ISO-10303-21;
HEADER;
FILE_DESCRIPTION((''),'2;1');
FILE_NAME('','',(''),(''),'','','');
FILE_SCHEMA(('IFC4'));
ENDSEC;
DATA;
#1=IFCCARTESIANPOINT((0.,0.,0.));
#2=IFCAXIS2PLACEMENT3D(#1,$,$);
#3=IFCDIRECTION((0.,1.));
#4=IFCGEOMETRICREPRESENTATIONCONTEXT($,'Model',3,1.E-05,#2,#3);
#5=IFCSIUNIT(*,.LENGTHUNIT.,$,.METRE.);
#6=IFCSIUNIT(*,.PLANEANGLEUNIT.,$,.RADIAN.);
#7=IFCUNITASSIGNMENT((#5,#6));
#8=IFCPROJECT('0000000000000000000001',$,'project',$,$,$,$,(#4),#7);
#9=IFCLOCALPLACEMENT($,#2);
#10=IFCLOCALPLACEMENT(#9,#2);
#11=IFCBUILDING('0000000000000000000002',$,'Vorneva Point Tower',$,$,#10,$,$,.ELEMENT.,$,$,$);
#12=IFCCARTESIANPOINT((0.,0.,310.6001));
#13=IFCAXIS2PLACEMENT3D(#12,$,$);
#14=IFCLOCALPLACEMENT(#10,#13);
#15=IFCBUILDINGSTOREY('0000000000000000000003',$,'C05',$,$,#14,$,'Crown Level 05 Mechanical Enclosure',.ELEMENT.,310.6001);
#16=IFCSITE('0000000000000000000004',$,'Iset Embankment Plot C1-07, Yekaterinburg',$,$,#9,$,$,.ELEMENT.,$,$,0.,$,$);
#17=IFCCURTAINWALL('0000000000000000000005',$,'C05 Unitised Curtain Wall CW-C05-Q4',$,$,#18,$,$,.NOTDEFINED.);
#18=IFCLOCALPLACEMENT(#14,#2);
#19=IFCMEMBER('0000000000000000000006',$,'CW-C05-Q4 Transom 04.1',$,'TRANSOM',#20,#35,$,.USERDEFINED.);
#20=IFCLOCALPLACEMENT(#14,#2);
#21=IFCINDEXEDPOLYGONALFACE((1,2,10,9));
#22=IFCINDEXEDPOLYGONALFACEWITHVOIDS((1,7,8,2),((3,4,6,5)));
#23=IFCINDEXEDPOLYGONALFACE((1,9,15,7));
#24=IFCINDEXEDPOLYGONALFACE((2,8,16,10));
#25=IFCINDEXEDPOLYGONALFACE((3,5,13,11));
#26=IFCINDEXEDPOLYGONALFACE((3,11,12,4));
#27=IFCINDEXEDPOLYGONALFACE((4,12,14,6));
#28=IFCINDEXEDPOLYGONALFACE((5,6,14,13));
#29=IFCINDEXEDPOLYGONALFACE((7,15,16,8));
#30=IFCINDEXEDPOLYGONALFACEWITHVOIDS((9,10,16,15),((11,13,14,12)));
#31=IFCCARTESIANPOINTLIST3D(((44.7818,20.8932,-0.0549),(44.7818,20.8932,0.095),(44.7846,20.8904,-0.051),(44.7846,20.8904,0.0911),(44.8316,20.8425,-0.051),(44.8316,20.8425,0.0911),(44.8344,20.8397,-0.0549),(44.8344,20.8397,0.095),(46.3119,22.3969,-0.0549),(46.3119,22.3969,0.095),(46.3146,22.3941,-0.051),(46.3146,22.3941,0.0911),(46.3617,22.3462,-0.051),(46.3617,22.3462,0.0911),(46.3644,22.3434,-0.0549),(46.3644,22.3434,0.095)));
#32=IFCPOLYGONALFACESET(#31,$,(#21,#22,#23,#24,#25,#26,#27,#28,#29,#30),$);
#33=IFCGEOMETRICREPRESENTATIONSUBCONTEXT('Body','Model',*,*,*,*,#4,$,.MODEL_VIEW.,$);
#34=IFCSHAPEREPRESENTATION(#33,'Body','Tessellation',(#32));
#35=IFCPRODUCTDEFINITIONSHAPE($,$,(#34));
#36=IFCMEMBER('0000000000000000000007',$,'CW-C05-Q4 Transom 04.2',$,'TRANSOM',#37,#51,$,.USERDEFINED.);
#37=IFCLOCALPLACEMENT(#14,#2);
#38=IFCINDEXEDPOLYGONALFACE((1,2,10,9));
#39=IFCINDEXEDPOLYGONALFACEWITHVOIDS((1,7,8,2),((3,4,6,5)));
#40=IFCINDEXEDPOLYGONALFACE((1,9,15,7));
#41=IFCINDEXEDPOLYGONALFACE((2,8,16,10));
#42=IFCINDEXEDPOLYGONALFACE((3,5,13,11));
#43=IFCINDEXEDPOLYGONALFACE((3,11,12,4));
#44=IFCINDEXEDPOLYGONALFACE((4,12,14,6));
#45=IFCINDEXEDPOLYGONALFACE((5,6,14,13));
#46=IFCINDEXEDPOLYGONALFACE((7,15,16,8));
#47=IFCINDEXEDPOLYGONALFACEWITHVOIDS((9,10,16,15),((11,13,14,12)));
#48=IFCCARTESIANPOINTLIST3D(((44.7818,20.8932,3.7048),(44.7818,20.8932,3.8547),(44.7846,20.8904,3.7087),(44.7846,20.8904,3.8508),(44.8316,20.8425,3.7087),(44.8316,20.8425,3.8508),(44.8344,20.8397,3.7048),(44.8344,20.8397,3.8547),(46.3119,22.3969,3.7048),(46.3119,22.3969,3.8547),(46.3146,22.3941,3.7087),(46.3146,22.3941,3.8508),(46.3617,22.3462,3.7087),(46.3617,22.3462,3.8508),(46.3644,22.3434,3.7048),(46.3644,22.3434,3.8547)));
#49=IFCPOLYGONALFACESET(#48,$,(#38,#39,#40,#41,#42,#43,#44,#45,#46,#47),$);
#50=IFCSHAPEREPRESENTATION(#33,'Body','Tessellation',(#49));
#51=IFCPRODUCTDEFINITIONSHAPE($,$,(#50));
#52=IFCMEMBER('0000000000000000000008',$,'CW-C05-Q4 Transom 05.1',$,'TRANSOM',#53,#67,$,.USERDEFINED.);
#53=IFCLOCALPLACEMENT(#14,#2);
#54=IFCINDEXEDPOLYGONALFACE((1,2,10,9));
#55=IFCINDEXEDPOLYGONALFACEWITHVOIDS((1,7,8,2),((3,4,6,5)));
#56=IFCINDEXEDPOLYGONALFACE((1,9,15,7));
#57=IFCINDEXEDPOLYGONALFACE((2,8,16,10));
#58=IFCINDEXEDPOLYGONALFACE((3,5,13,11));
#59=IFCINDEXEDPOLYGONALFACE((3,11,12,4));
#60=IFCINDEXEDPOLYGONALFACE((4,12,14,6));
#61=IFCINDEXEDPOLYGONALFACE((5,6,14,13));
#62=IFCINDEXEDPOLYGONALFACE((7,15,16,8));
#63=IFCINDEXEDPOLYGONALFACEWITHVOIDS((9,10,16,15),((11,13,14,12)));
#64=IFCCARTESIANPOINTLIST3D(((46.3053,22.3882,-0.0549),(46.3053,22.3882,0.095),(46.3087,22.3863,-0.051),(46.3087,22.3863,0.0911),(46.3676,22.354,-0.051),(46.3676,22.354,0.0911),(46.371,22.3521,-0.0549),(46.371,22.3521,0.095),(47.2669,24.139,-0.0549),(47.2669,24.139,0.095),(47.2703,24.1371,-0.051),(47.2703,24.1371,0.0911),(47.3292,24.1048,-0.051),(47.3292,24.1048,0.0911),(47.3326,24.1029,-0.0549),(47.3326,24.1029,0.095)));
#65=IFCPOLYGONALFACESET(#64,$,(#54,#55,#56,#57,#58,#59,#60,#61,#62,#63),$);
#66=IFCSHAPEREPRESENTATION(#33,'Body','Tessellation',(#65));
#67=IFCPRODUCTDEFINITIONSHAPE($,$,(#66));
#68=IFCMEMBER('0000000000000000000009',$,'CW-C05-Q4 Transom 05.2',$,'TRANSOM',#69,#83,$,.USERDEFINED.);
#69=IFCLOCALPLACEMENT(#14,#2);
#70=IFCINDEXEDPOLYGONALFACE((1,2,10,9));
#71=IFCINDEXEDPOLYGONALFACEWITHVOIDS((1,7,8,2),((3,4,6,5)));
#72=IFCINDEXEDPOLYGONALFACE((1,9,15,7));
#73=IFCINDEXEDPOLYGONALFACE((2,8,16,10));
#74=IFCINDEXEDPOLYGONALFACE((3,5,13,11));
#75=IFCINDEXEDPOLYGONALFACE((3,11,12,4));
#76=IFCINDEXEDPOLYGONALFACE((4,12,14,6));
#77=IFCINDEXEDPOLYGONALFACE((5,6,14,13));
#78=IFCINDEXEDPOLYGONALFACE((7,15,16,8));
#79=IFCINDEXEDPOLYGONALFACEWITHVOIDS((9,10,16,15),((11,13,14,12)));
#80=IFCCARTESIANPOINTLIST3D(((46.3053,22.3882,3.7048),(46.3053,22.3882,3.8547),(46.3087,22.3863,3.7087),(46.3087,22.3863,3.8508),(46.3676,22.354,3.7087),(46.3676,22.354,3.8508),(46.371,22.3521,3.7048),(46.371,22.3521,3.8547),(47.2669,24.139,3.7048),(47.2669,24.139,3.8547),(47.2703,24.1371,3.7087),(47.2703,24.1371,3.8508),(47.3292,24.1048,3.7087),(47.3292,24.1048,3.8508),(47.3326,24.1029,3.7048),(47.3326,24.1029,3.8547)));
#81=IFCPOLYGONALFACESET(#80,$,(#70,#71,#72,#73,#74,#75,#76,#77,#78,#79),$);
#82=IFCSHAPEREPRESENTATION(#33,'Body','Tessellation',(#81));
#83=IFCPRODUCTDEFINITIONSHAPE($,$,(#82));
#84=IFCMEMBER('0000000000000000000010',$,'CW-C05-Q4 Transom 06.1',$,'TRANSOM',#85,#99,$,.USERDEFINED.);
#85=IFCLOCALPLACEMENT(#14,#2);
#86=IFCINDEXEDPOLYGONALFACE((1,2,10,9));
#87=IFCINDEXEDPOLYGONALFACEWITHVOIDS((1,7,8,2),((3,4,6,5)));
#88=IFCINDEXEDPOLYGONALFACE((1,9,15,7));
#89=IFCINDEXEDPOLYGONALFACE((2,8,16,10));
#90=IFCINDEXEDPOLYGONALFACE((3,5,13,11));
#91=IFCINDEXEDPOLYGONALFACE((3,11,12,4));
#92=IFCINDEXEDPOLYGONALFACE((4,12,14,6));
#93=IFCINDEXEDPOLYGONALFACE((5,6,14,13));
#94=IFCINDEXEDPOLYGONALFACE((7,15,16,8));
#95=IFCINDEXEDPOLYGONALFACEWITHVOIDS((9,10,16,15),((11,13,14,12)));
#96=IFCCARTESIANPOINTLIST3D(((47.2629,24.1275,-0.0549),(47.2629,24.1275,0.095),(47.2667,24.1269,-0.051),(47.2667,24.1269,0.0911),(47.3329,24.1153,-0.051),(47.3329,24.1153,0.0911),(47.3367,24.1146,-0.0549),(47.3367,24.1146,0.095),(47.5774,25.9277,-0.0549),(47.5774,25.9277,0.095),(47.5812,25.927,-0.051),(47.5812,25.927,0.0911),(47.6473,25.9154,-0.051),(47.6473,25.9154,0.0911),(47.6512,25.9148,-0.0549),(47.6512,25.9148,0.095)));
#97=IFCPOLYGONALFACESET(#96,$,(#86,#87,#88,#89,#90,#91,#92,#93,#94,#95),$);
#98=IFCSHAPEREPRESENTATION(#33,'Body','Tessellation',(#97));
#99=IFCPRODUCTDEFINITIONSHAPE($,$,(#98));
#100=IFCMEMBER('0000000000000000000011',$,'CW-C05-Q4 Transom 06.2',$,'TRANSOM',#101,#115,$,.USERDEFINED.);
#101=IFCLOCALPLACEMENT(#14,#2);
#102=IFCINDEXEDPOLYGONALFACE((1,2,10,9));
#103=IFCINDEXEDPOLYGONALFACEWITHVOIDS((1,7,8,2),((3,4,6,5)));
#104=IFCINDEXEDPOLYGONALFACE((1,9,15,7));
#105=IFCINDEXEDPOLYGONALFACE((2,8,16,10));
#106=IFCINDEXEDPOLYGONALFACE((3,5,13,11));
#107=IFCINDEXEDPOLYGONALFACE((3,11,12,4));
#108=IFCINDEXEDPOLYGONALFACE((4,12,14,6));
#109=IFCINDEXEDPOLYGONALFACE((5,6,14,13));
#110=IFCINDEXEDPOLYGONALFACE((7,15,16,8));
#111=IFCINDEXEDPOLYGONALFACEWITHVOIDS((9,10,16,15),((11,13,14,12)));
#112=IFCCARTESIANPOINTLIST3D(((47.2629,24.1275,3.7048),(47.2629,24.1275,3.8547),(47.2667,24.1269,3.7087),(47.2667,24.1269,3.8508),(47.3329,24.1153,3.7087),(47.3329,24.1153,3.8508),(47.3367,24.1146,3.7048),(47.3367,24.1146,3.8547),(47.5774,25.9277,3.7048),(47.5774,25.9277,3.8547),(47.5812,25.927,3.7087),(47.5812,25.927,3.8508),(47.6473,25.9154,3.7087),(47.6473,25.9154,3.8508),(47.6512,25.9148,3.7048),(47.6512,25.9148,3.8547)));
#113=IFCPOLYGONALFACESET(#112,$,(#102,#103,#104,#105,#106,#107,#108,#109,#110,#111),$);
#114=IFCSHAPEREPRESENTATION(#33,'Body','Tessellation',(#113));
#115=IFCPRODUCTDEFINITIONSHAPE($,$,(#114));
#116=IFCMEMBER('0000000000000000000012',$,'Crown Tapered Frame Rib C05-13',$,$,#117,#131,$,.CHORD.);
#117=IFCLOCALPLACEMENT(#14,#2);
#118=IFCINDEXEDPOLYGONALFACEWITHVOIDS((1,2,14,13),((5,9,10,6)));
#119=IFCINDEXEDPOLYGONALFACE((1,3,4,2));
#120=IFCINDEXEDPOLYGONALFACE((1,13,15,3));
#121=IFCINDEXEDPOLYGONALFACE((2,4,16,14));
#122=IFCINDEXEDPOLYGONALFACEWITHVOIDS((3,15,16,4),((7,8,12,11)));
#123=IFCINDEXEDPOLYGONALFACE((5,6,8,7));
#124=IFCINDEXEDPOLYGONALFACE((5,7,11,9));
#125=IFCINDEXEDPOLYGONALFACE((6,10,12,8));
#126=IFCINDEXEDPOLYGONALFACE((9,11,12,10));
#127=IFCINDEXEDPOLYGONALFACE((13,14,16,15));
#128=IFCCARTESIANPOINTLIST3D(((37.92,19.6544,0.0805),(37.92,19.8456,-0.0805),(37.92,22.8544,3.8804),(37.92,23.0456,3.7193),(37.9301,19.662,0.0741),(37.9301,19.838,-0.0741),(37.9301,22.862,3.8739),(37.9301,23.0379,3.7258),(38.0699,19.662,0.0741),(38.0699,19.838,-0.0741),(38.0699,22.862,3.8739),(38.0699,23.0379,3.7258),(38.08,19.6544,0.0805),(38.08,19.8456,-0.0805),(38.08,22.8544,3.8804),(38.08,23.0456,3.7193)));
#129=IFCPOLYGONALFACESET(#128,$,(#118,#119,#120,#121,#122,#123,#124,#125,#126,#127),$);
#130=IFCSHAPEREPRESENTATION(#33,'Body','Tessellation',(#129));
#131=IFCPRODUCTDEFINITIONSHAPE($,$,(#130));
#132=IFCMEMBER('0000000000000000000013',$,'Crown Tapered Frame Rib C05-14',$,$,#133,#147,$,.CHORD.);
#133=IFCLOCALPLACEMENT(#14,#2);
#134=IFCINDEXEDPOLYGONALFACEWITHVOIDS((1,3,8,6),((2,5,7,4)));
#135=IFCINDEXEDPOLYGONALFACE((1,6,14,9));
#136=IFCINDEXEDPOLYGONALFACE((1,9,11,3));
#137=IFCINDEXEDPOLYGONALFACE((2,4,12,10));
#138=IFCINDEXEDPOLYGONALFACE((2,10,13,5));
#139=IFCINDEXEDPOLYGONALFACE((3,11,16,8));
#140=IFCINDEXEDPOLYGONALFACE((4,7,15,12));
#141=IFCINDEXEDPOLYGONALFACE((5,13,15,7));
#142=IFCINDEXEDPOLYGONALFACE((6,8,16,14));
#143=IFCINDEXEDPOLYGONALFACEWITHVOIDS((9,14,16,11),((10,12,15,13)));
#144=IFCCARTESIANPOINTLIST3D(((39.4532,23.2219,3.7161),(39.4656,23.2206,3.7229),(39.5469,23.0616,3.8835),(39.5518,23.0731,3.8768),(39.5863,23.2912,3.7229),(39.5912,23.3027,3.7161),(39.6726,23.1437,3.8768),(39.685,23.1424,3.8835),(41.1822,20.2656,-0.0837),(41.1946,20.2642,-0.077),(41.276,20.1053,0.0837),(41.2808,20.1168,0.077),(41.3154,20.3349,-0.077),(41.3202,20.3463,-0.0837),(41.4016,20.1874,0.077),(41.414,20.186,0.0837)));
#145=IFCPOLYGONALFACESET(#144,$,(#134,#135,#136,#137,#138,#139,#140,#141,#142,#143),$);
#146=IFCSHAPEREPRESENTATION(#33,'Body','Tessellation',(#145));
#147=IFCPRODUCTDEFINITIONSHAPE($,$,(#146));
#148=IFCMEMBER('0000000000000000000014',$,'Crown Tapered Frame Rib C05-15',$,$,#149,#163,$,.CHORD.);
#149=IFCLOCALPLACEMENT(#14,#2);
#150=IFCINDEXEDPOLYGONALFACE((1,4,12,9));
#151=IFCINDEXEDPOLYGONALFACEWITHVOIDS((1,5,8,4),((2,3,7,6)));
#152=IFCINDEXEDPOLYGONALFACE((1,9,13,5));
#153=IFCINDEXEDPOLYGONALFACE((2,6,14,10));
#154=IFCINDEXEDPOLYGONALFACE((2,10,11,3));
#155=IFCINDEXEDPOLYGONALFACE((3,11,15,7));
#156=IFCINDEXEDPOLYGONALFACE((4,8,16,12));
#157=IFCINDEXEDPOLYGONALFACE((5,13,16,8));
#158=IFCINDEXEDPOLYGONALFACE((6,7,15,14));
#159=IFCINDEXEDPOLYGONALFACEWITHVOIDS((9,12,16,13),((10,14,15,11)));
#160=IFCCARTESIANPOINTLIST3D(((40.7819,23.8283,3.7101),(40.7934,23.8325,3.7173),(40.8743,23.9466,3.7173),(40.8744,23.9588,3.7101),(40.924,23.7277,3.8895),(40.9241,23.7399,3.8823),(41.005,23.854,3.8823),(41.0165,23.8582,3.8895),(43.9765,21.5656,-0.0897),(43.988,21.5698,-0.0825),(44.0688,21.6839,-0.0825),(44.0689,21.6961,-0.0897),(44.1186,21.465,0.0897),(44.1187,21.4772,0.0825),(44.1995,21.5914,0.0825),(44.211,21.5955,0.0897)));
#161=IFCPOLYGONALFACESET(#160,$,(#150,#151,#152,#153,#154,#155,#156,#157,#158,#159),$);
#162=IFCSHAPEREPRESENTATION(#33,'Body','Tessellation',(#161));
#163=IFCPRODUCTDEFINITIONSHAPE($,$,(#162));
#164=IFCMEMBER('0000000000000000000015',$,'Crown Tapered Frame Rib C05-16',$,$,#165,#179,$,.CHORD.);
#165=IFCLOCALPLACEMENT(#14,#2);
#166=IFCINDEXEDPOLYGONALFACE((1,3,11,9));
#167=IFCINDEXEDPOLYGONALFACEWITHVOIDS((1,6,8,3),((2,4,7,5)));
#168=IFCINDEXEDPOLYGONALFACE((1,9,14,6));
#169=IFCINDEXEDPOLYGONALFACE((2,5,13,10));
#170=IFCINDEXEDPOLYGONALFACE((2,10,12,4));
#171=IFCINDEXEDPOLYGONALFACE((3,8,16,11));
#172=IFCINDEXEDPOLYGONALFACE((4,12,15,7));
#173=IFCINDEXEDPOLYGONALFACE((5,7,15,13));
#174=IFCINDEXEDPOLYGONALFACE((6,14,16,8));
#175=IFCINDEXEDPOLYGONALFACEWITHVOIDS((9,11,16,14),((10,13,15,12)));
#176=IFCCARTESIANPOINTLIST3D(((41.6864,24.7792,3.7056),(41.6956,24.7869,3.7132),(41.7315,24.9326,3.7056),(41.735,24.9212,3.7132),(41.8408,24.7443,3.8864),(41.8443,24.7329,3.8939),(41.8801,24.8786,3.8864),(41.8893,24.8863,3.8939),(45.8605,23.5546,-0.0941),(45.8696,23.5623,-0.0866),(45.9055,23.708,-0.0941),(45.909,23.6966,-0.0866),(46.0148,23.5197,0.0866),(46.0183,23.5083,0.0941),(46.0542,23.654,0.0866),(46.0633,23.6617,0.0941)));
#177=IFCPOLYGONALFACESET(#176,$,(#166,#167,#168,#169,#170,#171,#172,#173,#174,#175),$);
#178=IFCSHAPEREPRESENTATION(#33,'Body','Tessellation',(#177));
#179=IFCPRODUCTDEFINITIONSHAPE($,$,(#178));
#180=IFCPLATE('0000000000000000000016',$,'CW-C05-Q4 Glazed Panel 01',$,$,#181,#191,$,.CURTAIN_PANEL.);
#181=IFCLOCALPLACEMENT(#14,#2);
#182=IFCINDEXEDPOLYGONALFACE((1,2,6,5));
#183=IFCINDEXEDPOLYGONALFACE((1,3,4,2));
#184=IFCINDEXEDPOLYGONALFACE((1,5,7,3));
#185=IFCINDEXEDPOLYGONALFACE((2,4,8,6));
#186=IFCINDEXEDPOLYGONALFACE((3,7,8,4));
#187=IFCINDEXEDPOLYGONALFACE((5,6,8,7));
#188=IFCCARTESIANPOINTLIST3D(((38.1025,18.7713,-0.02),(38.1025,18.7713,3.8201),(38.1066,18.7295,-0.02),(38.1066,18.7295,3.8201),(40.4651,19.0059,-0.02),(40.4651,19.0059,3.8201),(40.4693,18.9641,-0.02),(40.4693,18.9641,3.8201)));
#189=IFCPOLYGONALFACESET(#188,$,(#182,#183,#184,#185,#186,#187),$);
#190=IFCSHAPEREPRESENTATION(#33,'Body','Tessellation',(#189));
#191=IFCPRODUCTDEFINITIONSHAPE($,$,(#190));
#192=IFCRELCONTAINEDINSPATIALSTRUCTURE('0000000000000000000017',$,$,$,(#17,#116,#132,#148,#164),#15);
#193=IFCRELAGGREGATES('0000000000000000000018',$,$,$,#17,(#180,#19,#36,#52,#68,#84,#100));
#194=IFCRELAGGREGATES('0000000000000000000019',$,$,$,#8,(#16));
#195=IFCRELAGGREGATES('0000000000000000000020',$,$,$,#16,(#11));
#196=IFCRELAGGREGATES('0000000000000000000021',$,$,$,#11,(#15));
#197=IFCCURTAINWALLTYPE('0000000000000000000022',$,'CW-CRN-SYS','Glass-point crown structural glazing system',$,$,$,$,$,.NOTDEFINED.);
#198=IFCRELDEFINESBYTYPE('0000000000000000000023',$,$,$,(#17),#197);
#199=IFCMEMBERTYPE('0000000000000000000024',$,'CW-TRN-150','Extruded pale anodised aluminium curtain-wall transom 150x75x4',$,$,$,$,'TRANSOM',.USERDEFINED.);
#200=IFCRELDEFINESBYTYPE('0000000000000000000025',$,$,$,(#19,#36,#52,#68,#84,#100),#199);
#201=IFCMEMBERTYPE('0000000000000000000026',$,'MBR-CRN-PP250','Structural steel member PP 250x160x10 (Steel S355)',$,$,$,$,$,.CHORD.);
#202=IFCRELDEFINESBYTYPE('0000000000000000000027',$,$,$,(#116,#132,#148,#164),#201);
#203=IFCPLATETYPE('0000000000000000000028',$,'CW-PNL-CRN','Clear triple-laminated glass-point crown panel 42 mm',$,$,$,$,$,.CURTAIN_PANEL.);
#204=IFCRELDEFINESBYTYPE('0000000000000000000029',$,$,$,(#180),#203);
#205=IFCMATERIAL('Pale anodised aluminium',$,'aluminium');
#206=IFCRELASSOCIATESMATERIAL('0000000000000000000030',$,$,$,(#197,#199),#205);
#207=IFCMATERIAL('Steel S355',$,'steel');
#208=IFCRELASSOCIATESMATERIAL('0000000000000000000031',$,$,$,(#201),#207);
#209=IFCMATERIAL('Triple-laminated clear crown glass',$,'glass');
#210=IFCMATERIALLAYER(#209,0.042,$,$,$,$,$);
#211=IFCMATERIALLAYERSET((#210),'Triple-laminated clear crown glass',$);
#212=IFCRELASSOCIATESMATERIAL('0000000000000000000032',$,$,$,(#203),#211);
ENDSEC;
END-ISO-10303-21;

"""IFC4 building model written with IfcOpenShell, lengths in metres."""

from ifc_helpers import new_model, si_unit, direction, frame, origin, origin_2d, place, context, subcontext, project, spatial, rectangle, hollow_rectangle, extrude, material, layer, layer_set, material_profile, profile_set, type_object, element, aggregate, save


model = new_model("IFC4")

# Units and contexts
model_context = context("Model", 3, precision=1e-05, world=origin(), true_north=direction((0.0, 1.0)))
body_context = subcontext(model_context, "Body", "Model", "MODEL_VIEW")
ifc_project = project(units=[si_unit("LENGTHUNIT", "METRE"), si_unit("PLANEANGLEUNIT", "RADIAN")], contexts=[model_context])

# Site, building, storey
site_placement = place(None, origin())
site = spatial("IfcSite", under=ifc_project, at=site_placement, Name="Iset Embankment Plot C1-07, Yekaterinburg", CompositionType="ELEMENT", RefElevation=0.0)
building_placement = place(site_placement, origin())
building = spatial("IfcBuilding", under=site, at=building_placement, Name="Vorneva Point Tower", CompositionType="ELEMENT")
storey_placement = place(building_placement, frame((0.0, 0.0, 310.6001)))
storey = spatial("IfcBuildingStorey", under=building, at=storey_placement, Name="C05", LongName="Crown Level 05 Mechanical Enclosure", CompositionType="ELEMENT", Elevation=310.6001)

# Shared definitions
ifc_material_1 = material(Name="Steel S355", Category="steel")

# Curtain wall, members
ifc_material_2 = material(Name="Pale anodised aluminium", Category="aluminium")
curtain_wall_type = type_object("IfcCurtainWallType", Name="CW-CRN-SYS", Description="Glass-point crown structural glazing system", PredefinedType="NOTDEFINED", material=ifc_material_2)
curtain_wall_placement = place(storey_placement, origin())
curtain_wall = element("IfcCurtainWall", 1, at=curtain_wall_placement, inside=storey, type_object=curtain_wall_type, Name="C05 Unitised Curtain Wall CW-C05-Q4", PredefinedType="NOTDEFINED")
ifc_material_profile_1 = material_profile(ifc_material_2, hollow_rectangle(XDim=0.075, YDim=0.1499, WallThickness=0.0039, at=origin_2d()), Name="AL-TRN 150x75x4")
ifc_profile_set_1 = profile_set([ifc_material_profile_1], Name="Pale anodised aluminium")
member_type_1 = type_object("IfcMemberType", Name="CW-TRN-150", Description="Extruded pale anodised aluminium curtain-wall transom 150x75x4", ElementType="TRANSOM", PredefinedType="USERDEFINED", material=ifc_profile_set_1)
member_1_placement = place(storey_placement, frame((44.8081, 20.8665, 0.02), z_axis=(0.713226, 0.700935, 0.0), x_axis=(-0.700935, 0.713226, 0.0)))
member_1 = element("IfcMember", 2, at=member_1_placement, type_object=member_type_1, Name="CW-C05-Q4 Transom 04.1", ObjectType="TRANSOM", PredefinedType="USERDEFINED", context=body_context, shape_type="SweptSolid", body=[
    extrude(hollow_rectangle(XDim=0.075, YDim=0.1499, WallThickness=0.0039, at=origin_2d()), origin(), (0.0, 0.0, 1.0), 2.1453),
])
member_2_placement = place(storey_placement, frame((44.8081, 20.8665, 3.7798), z_axis=(0.713226, 0.700935, 0.0), x_axis=(-0.700935, 0.713226, 0.0)))
member_2 = element("IfcMember", 3, at=member_2_placement, type_object=member_type_1, Name="CW-C05-Q4 Transom 04.2", ObjectType="TRANSOM", PredefinedType="USERDEFINED", context=body_context, shape_type="SweptSolid", body=[
    extrude(hollow_rectangle(XDim=0.075, YDim=0.1499, WallThickness=0.0039, at=origin_2d()), origin(), (0.0, 0.0, 1.0), 2.1453),
])
member_3_placement = place(storey_placement, frame((46.3381, 22.3701, 0.02), z_axis=(0.481393, 0.876505, 0.0), x_axis=(-0.876505, 0.481393, 0.0)))
member_3 = element("IfcMember", 4, at=member_3_placement, type_object=member_type_1, Name="CW-C05-Q4 Transom 05.1", ObjectType="TRANSOM", PredefinedType="USERDEFINED", context=body_context, shape_type="SweptSolid", body=[
    extrude(hollow_rectangle(XDim=0.075, YDim=0.1499, WallThickness=0.0039, at=origin_2d()), origin(), (0.0, 0.0, 1.0), 1.9976),
])
member_4_placement = place(storey_placement, frame((46.3381, 22.3701, 3.7798), z_axis=(0.481393, 0.876505, 0.0), x_axis=(-0.876505, 0.481393, 0.0)))
member_4 = element("IfcMember", 5, at=member_4_placement, type_object=member_type_1, Name="CW-C05-Q4 Transom 05.2", ObjectType="TRANSOM", PredefinedType="USERDEFINED", context=body_context, shape_type="SweptSolid", body=[
    extrude(hollow_rectangle(XDim=0.075, YDim=0.1499, WallThickness=0.0039, at=origin_2d()), origin(), (0.0, 0.0, 1.0), 1.9976),
])
member_5_placement = place(storey_placement, frame((47.2998, 24.1211, 0.02), z_axis=(0.172085, 0.985082, 0.0), x_axis=(-0.985082, 0.172085, 0.0)))
member_5 = element("IfcMember", 6, at=member_5_placement, type_object=member_type_1, Name="CW-C05-Q4 Transom 06.1", ObjectType="TRANSOM", PredefinedType="USERDEFINED", context=body_context, shape_type="SweptSolid", body=[
    extrude(hollow_rectangle(XDim=0.075, YDim=0.1499, WallThickness=0.0039, at=origin_2d()), origin(), (0.0, 0.0, 1.0), 1.8274),
])
member_6_placement = place(storey_placement, frame((47.2998, 24.1211, 3.7798), z_axis=(0.172085, 0.985082, 0.0), x_axis=(-0.985082, 0.172085, 0.0)))
member_6 = element("IfcMember", 7, at=member_6_placement, type_object=member_type_1, Name="CW-C05-Q4 Transom 06.2", ObjectType="TRANSOM", PredefinedType="USERDEFINED", context=body_context, shape_type="SweptSolid", body=[
    extrude(hollow_rectangle(XDim=0.075, YDim=0.1499, WallThickness=0.0039, at=origin_2d()), origin(), (0.0, 0.0, 1.0), 1.8274),
])

# Members
ifc_material_profile_2 = material_profile(ifc_material_1, hollow_rectangle(XDim=0.1599, YDim=0.25, WallThickness=0.01, at=origin_2d()), Name="PP 250x160x10")
ifc_profile_set_2 = profile_set([ifc_material_profile_2], Name="Steel S355")
member_type_2 = type_object("IfcMemberType", Name="MBR-CRN-PP250", Description="Structural steel member PP 250x160x10 (Steel S355)", PredefinedType="CHORD", material=ifc_profile_set_2)
member_7_placement = place(storey_placement, frame((38.0, 19.75, 0.0), z_axis=(0.0, 0.644149, 0.7649), x_axis=(-1.0, 0.0, 0.0)))
element("IfcMember", 8, at=member_7_placement, inside=storey, type_object=member_type_2, Name="Crown Tapered Frame Rib C05-13", PredefinedType="CHORD", context=body_context, shape_type="SweptSolid", body=[
    extrude(hollow_rectangle(XDim=0.1599, YDim=0.25, WallThickness=0.01, at=origin_2d()), origin(), (0.0, 0.0, 1.0), 4.9678),
])
member_8_placement = place(storey_placement, frame((41.2981, 20.2258, 0.0), z_axis=(-0.337997, 0.577917, 0.742812), x_axis=(-0.863207, -0.50485, 0.0)))
element("IfcMember", 9, at=member_8_placement, inside=storey, type_object=member_type_2, Name="Crown Tapered Frame Rib C05-14", PredefinedType="CHORD", context=body_context, shape_type="SweptSolid", body=[
    extrude(hollow_rectangle(XDim=0.1599, YDim=0.25, WallThickness=0.01, at=origin_2d()), origin(), (0.0, 0.0, 1.0), 5.1155),
])
member_9_placement = place(storey_placement, frame((44.0938, 21.5806, 0.0), z_axis=(-0.585559, 0.414747, 0.696495), x_axis=(-0.577995, -0.81604, 0.0)))
element("IfcMember", 10, at=member_9_placement, inside=storey, type_object=member_type_2, Name="Crown Tapered Frame Rib C05-15", PredefinedType="CHORD", context=body_context, shape_type="SweptSolid", body=[
    extrude(hollow_rectangle(XDim=0.1599, YDim=0.25, WallThickness=0.01, at=origin_2d()), origin(), (0.0, 0.0, 1.0), 5.4556),
])
member_10_placement = place(storey_placement, frame((45.9619, 23.6082, 0.0), z_axis=(-0.72267, 0.21202, 0.657872), x_axis=(-0.281519, -0.959556, 0.0)))
element("IfcMember", 11, at=member_10_placement, inside=storey, type_object=member_type_2, Name="Crown Tapered Frame Rib C05-16", PredefinedType="CHORD", context=body_context, shape_type="SweptSolid", body=[
    extrude(hollow_rectangle(XDim=0.1599, YDim=0.25, WallThickness=0.01, at=origin_2d()), origin(), (0.0, 0.0, 1.0), 5.7759),
])

# Plate
ifc_material_3 = material(Name="Triple-laminated clear crown glass", Category="glass")
ifc_layer_1 = layer(ifc_material_3, 0.042)
ifc_layer_set_1 = layer_set([ifc_layer_1], Name="Triple-laminated clear crown glass")
plate_type_1 = type_object("IfcPlateType", Name="CW-PNL-CRN", Description="Clear triple-laminated glass-point crown panel 42 mm", PredefinedType="CURTAIN_PANEL", material=ifc_layer_set_1)
plate_1_placement = place(storey_placement, frame((39.2859, 18.8677, -0.02), z_axis=(0.0, 0.0, 1.0), x_axis=(0.995107, 0.098799, 0.0)))
plate_1 = element("IfcPlate", 12, at=plate_1_placement, type_object=plate_type_1, Name="CW-C05-Q4 Glazed Panel 01", PredefinedType="CURTAIN_PANEL", context=body_context, shape_type="SweptSolid", body=[
    extrude(rectangle(XDim=2.3743, YDim=0.042, at=origin_2d()), origin(), (0.0, 0.0, 1.0), 3.8401),
])
aggregate(curtain_wall, [plate_1, member_1, member_2, member_3, member_4, member_5, member_6])

save(model, "model.ifc")
